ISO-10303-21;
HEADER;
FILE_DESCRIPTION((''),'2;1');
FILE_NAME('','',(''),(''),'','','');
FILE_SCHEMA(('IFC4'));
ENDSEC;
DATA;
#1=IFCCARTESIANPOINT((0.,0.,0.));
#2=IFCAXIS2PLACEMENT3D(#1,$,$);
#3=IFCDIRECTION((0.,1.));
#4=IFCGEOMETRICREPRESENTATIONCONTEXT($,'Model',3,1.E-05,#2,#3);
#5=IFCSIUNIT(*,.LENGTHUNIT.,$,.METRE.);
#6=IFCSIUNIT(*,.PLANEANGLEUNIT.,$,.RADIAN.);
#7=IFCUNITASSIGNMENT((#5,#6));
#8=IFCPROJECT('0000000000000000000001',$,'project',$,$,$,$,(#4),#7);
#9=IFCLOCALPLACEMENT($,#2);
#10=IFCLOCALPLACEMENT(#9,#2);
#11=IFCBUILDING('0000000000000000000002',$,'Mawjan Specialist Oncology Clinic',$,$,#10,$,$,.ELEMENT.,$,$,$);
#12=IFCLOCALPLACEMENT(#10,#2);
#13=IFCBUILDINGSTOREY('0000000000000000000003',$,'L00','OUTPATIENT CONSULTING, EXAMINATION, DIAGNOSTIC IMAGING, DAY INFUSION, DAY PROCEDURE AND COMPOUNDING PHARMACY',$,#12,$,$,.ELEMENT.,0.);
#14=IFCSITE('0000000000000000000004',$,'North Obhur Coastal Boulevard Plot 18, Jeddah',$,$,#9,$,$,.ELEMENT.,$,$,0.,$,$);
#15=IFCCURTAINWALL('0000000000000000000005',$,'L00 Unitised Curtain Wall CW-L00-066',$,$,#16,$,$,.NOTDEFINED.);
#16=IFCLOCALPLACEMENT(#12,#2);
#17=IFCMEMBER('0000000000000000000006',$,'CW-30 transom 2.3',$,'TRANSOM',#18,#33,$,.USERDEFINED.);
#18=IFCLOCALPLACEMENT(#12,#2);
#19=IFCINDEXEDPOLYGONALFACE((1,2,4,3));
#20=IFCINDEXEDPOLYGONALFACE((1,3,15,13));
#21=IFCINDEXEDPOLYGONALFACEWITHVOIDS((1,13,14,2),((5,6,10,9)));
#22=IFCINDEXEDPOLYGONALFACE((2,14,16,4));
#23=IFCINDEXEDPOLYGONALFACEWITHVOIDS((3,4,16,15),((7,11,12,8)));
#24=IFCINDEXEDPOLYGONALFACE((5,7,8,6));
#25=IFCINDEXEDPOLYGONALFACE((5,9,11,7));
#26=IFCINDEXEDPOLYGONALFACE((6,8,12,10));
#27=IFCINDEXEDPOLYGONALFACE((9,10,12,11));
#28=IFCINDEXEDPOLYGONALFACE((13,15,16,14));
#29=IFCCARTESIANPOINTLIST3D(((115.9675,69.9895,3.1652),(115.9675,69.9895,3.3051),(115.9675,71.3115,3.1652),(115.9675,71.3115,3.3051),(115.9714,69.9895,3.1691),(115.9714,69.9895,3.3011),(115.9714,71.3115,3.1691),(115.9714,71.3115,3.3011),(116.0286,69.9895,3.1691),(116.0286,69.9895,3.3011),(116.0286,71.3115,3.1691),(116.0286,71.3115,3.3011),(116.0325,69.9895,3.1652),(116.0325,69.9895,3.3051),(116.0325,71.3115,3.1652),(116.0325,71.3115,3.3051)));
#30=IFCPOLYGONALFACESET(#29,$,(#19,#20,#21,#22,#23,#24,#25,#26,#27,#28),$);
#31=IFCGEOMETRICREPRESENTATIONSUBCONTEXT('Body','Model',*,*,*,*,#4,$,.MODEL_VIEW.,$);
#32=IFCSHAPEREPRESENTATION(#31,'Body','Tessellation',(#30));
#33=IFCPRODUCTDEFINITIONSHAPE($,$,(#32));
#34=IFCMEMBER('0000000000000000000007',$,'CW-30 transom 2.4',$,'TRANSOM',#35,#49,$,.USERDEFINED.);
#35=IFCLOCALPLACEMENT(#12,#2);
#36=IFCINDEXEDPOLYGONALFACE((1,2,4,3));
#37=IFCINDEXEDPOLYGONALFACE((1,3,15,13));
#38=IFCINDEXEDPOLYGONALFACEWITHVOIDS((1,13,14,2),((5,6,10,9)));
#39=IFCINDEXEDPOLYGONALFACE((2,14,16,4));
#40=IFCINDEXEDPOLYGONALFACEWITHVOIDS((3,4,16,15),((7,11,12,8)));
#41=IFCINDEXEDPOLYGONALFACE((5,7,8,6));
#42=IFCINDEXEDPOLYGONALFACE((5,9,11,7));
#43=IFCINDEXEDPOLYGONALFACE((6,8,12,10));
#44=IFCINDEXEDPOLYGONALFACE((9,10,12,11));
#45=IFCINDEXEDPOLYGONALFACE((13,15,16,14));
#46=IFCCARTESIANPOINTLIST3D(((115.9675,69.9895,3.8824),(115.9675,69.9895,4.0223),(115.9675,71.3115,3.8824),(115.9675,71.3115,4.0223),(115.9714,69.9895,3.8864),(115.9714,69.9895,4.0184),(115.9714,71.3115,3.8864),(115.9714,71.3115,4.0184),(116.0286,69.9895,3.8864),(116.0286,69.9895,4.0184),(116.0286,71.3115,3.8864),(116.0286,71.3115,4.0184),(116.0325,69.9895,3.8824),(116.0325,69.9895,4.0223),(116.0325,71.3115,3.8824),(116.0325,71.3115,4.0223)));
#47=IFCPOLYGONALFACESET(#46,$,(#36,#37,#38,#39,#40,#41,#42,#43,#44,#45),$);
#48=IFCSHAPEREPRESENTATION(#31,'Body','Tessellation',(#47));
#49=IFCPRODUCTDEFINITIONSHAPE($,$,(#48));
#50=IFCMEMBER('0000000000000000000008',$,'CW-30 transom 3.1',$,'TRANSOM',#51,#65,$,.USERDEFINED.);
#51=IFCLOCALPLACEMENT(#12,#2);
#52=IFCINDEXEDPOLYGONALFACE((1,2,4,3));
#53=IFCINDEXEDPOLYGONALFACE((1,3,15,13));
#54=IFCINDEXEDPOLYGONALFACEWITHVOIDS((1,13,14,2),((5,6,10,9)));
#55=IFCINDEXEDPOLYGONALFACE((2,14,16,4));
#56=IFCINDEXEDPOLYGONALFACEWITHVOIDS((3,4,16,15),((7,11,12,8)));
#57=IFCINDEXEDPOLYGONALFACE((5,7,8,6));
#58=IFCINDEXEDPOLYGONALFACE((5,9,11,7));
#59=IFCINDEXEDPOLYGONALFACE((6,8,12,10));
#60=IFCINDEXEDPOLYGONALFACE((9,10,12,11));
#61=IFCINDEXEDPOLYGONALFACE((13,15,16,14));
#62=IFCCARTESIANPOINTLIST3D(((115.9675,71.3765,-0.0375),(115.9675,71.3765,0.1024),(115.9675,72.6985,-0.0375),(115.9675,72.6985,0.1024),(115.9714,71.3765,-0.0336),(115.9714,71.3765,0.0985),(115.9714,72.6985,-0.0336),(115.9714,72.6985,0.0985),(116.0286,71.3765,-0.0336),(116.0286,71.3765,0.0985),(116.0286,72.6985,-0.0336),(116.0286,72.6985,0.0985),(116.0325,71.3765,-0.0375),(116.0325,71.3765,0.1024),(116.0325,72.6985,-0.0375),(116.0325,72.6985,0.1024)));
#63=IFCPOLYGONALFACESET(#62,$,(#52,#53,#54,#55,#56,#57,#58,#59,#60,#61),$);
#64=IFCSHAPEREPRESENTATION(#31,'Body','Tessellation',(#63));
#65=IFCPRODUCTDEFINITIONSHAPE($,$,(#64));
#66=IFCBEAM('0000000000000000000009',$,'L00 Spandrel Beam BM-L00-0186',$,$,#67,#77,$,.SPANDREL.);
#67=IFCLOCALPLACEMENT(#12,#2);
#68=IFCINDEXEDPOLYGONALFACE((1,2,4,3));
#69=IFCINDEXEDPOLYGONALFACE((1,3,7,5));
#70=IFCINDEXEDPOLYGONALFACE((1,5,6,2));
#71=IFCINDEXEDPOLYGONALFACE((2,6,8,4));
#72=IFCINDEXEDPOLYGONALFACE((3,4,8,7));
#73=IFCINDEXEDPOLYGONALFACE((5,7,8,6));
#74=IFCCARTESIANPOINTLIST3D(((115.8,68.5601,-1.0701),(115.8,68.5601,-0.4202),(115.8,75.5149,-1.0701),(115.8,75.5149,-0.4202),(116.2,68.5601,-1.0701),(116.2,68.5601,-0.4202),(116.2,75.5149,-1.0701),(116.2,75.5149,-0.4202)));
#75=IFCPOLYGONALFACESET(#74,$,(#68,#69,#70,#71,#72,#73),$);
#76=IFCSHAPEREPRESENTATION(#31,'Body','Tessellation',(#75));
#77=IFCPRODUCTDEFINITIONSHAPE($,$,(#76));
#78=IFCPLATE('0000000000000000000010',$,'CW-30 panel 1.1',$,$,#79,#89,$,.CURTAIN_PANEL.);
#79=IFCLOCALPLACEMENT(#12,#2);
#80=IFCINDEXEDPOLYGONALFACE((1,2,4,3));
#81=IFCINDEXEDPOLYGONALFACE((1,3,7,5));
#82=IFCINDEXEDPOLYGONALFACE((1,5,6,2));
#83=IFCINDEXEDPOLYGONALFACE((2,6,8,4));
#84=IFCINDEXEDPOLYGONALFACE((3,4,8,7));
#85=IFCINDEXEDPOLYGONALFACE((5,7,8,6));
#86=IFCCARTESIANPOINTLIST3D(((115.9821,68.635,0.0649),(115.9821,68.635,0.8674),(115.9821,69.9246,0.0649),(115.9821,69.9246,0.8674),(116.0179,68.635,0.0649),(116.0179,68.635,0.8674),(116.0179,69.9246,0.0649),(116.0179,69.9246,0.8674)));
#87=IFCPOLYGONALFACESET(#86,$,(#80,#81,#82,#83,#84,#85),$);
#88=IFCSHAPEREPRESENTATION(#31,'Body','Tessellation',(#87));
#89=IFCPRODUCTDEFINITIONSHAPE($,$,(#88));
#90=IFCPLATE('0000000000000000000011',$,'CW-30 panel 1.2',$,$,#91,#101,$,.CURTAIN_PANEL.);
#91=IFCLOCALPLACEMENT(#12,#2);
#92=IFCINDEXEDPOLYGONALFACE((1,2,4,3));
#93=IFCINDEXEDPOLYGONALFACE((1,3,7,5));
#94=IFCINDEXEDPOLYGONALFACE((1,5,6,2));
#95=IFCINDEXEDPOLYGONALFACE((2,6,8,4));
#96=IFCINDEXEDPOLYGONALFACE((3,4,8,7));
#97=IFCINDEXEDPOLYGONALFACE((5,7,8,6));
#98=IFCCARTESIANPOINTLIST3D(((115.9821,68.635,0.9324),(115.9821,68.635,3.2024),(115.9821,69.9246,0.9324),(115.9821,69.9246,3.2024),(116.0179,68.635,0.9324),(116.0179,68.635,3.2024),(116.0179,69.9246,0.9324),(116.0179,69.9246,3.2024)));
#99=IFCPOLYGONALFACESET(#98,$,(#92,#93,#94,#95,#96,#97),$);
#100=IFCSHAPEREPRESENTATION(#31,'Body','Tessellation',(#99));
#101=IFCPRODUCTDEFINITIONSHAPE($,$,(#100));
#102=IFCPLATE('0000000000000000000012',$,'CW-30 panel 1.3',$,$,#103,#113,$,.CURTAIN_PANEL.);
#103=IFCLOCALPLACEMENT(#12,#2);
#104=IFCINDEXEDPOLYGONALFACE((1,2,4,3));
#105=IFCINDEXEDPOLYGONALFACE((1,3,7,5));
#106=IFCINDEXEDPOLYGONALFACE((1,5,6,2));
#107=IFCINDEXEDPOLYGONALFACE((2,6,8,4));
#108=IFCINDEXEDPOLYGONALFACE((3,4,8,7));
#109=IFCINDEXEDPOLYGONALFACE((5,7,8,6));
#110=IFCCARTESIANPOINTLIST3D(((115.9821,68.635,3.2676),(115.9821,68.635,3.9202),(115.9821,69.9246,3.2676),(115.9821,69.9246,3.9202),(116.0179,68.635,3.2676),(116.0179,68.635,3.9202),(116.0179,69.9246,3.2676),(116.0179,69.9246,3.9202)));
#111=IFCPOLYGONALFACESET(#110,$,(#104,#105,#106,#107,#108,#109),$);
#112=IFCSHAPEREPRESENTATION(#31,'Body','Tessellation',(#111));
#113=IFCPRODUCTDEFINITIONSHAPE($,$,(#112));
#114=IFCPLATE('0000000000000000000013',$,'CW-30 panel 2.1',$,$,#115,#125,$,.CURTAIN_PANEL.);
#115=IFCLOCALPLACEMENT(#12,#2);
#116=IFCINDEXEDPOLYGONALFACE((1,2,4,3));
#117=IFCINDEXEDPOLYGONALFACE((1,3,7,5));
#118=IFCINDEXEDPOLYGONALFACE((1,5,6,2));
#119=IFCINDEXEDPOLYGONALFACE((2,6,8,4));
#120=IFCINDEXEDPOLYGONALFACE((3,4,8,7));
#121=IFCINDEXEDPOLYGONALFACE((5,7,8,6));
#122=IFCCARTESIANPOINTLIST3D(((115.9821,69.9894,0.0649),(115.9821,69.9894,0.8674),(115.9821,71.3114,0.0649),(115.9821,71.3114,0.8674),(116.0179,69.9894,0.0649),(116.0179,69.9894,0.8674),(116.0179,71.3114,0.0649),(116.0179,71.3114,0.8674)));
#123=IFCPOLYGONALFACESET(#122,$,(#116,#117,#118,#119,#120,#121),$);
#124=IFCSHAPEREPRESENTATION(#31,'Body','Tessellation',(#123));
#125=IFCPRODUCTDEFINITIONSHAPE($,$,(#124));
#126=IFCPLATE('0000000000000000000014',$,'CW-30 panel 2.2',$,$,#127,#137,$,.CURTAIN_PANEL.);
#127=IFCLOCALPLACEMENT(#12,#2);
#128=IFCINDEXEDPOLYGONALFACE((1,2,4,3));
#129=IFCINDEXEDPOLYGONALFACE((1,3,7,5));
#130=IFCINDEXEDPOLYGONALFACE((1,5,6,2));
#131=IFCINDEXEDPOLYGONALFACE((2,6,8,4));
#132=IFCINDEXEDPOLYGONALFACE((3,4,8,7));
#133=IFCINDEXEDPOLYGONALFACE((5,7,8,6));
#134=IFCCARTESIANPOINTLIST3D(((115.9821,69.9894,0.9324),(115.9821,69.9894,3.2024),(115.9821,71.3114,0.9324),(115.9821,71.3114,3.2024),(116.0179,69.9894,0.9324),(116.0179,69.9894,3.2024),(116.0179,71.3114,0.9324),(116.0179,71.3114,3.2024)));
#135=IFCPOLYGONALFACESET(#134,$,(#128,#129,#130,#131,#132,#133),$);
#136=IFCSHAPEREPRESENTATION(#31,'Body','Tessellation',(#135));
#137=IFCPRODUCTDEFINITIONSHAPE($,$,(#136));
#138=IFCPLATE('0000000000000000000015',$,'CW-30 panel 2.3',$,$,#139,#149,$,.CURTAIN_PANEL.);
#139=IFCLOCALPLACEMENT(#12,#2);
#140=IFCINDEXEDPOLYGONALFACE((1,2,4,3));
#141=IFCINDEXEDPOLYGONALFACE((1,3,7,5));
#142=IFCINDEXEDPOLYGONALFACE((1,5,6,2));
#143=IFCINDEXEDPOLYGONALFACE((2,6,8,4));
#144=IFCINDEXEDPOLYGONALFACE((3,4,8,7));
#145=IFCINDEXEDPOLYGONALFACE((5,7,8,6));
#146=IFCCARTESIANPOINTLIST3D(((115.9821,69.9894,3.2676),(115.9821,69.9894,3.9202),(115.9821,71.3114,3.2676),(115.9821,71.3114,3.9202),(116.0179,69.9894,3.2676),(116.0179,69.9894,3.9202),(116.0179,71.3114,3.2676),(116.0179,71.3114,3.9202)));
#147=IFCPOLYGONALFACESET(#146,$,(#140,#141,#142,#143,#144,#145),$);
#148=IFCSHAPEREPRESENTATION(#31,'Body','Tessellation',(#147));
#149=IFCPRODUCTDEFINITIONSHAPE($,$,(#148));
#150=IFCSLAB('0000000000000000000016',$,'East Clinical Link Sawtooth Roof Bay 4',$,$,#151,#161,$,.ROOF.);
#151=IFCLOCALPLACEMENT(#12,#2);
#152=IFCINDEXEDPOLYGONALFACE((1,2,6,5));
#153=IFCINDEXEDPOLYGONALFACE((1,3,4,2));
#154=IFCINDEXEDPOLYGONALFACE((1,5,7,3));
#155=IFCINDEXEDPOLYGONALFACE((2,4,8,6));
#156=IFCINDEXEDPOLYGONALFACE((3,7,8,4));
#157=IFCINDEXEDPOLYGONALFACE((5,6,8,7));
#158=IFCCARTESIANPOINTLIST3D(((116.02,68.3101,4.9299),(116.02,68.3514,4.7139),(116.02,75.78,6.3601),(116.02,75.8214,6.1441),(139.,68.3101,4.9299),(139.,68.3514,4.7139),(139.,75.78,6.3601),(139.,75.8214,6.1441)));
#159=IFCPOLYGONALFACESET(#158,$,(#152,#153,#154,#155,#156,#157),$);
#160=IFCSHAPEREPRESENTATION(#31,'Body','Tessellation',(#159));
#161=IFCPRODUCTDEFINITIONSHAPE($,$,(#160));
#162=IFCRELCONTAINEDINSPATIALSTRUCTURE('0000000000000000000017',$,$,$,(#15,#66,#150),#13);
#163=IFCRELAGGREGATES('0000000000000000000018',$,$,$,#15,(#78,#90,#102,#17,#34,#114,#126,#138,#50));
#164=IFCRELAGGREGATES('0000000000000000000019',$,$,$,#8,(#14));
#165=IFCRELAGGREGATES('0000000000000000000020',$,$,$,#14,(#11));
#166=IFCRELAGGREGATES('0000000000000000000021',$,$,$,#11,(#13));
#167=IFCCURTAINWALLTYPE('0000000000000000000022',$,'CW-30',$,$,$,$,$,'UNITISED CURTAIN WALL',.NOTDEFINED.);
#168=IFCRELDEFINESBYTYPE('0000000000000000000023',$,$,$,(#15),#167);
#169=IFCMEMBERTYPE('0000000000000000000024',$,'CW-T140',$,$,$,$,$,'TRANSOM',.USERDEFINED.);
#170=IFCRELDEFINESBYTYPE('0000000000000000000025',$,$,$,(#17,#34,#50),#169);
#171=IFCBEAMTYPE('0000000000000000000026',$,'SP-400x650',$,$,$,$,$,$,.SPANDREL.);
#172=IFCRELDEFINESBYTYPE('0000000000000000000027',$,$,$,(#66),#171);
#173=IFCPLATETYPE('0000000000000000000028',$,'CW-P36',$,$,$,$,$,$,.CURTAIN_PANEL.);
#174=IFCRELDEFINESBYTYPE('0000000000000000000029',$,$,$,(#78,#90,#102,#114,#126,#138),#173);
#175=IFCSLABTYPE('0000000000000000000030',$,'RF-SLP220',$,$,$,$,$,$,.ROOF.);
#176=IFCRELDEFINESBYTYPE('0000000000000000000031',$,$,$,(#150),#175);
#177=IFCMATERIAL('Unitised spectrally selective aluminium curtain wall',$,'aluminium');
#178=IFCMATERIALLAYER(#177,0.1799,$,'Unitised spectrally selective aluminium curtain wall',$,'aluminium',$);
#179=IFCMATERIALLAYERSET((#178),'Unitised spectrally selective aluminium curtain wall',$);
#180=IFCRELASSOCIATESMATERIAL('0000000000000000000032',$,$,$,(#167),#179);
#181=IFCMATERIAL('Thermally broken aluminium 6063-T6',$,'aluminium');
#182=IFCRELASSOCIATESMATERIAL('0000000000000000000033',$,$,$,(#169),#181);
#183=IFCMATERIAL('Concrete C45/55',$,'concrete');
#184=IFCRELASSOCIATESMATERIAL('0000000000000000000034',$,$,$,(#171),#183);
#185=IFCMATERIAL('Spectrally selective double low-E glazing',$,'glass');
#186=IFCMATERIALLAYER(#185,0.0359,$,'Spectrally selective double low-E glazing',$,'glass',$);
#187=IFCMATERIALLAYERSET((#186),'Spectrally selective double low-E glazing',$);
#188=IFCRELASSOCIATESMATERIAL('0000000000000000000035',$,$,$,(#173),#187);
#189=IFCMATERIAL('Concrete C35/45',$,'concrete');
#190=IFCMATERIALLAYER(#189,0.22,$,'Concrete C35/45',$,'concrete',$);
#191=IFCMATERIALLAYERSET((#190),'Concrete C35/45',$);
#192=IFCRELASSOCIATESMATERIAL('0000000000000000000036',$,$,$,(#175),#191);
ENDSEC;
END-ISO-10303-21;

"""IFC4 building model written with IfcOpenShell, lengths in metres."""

from ifc_helpers import new_model, si_unit, direction, frame, origin, origin_2d, place, context, subcontext, project, spatial, polyline, rectangle, hollow_rectangle, outline, extrude, material, layer, layer_set, material_profile, profile_set, type_object, element, aggregate, save


model = new_model("IFC4")

# Units and contexts
model_context = context("Model", 3, precision=1e-05, world=origin(), true_north=direction((0.0, 1.0)))
body_context = subcontext(model_context, "Body", "Model", "MODEL_VIEW")
ifc_project = project(units=[si_unit("LENGTHUNIT", "METRE"), si_unit("PLANEANGLEUNIT", "RADIAN")], contexts=[model_context])

# Site, building, storey
site_placement = place(None, origin())
site = spatial("IfcSite", under=ifc_project, at=site_placement, Name="North Obhur Coastal Boulevard Plot 18, Jeddah", CompositionType="ELEMENT", RefElevation=0.0)
building_placement = place(site_placement, origin())
building = spatial("IfcBuilding", under=site, at=building_placement, Name="Mawjan Specialist Oncology Clinic", CompositionType="ELEMENT")
storey_placement = place(building_placement, origin())
storey = spatial("IfcBuildingStorey", under=building, at=storey_placement, Name="L00", Description="OUTPATIENT CONSULTING, EXAMINATION, DIAGNOSTIC IMAGING, DAY INFUSION, DAY PROCEDURE AND COMPOUNDING PHARMACY", CompositionType="ELEMENT", Elevation=0.0)

# Curtain wall, members
ifc_material_1 = material(Name="Unitised spectrally selective aluminium curtain wall", Category="aluminium")
ifc_layer_1 = layer(ifc_material_1, 0.1799, Name="Unitised spectrally selective aluminium curtain wall", Category="aluminium")
ifc_layer_set_1 = layer_set([ifc_layer_1], Name="Unitised spectrally selective aluminium curtain wall")
curtain_wall_type = type_object("IfcCurtainWallType", Name="CW-30", ElementType="UNITISED CURTAIN WALL", PredefinedType="NOTDEFINED", material=ifc_layer_set_1)
curtain_wall_placement = place(storey_placement, origin())
curtain_wall = element("IfcCurtainWall", 1, at=curtain_wall_placement, inside=storey, type_object=curtain_wall_type, Name="L00 Unitised Curtain Wall CW-L00-066", PredefinedType="NOTDEFINED")
ifc_material_2 = material(Name="Thermally broken aluminium 6063-T6", Category="aluminium")
ifc_material_profile_1 = material_profile(ifc_material_2, hollow_rectangle(XDim=0.0649, YDim=0.1399, WallThickness=0.0039, at=origin_2d()), Name="ALU TRANSOM 140x65x4", Category="aluminium")
ifc_profile_set_1 = profile_set([ifc_material_profile_1], Name="Thermally broken aluminium 6063-T6")
member_type_1 = type_object("IfcMemberType", Name="CW-T140", ElementType="TRANSOM", PredefinedType="USERDEFINED", material=ifc_profile_set_1)
member_1_placement = place(storey_placement, frame((116.0, 69.9895, 3.2351), z_axis=(0.0, 1.0, 0.0), x_axis=(-1.0, 0.0, 0.0)))
member_1 = element("IfcMember", 2, at=member_1_placement, type_object=member_type_1, Name="CW-30 transom 2.3", ObjectType="TRANSOM", PredefinedType="USERDEFINED", context=body_context, shape_type="SweptSolid", body=[
    extrude(hollow_rectangle(XDim=0.0649, YDim=0.1399, WallThickness=0.0039, at=origin_2d()), origin(), (0.0, 0.0, 1.0), 1.322),
])
member_2_placement = place(storey_placement, frame((116.0, 69.9895, 3.9524), z_axis=(0.0, 1.0, 0.0), x_axis=(-1.0, 0.0, 0.0)))
member_2 = element("IfcMember", 3, at=member_2_placement, type_object=member_type_1, Name="CW-30 transom 2.4", ObjectType="TRANSOM", PredefinedType="USERDEFINED", context=body_context, shape_type="SweptSolid", body=[
    extrude(hollow_rectangle(XDim=0.0649, YDim=0.1399, WallThickness=0.0039, at=origin_2d()), origin(), (0.0, 0.0, 1.0), 1.322),
])
member_3_placement = place(storey_placement, frame((116.0, 71.3765, 0.0325), z_axis=(0.0, 1.0, 0.0), x_axis=(-1.0, 0.0, 0.0)))
member_3 = element("IfcMember", 4, at=member_3_placement, type_object=member_type_1, Name="CW-30 transom 3.1", ObjectType="TRANSOM", PredefinedType="USERDEFINED", context=body_context, shape_type="SweptSolid", body=[
    extrude(hollow_rectangle(XDim=0.0649, YDim=0.1399, WallThickness=0.0039, at=origin_2d()), origin(), (0.0, 0.0, 1.0), 1.322),
])

# Beam
ifc_material_3 = material(Name="Concrete C45/55", Category="concrete")
ifc_material_profile_2 = material_profile(ifc_material_3, rectangle(XDim=0.3999, YDim=0.6499, at=origin_2d()), Name="RC BM 400x650", Category="concrete")
ifc_profile_set_2 = profile_set([ifc_material_profile_2], Name="Concrete C45/55")
beam_type_1 = type_object("IfcBeamType", Name="SP-400x650", PredefinedType="SPANDREL", material=ifc_profile_set_2)
beam_1_placement = place(storey_placement, frame((116.0, 68.5601, -0.7451), z_axis=(0.0, 1.0, 0.0), x_axis=(-1.0, 0.0, 0.0)))
element("IfcBeam", 5, at=beam_1_placement, inside=storey, type_object=beam_type_1, Name="L00 Spandrel Beam BM-L00-0186", PredefinedType="SPANDREL", context=body_context, shape_type="SweptSolid", body=[
    extrude(rectangle(XDim=0.3999, YDim=0.6499, at=origin_2d()), origin(), (0.0, 0.0, 1.0), 6.9548),
])

# Plates
ifc_material_4 = material(Name="Spectrally selective double low-E glazing", Category="glass")
ifc_layer_2 = layer(ifc_material_4, 0.0359, Name="Spectrally selective double low-E glazing", Category="glass")
ifc_layer_set_2 = layer_set([ifc_layer_2], Name="Spectrally selective double low-E glazing")
plate_type = type_object("IfcPlateType", Name="CW-P36", PredefinedType="CURTAIN_PANEL", material=ifc_layer_set_2)
plate_1_placement = place(storey_placement, frame((116.0, 69.2798, 0.0649), z_axis=(0.0, 0.0, 1.0), x_axis=(0.0, 1.0, 0.0)))
plate_1 = element("IfcPlate", 6, at=plate_1_placement, type_object=plate_type, Name="CW-30 panel 1.1", PredefinedType="CURTAIN_PANEL", context=body_context, shape_type="SweptSolid", body=[
    extrude(rectangle(XDim=1.2896, YDim=0.0359, at=origin_2d()), origin(), (0.0, 0.0, 1.0), 0.8025),
])
plate_2_placement = place(storey_placement, frame((116.0, 69.2798, 0.9324), z_axis=(0.0, 0.0, 1.0), x_axis=(0.0, 1.0, 0.0)))
plate_2 = element("IfcPlate", 7, at=plate_2_placement, type_object=plate_type, Name="CW-30 panel 1.2", PredefinedType="CURTAIN_PANEL", context=body_context, shape_type="SweptSolid", body=[
    extrude(rectangle(XDim=1.2896, YDim=0.0359, at=origin_2d()), origin(), (0.0, 0.0, 1.0), 2.27),
])
plate_3_placement = place(storey_placement, frame((116.0, 69.2798, 3.2676), z_axis=(0.0, 0.0, 1.0), x_axis=(0.0, 1.0, 0.0)))
plate_3 = element("IfcPlate", 8, at=plate_3_placement, type_object=plate_type, Name="CW-30 panel 1.3", PredefinedType="CURTAIN_PANEL", context=body_context, shape_type="SweptSolid", body=[
    extrude(rectangle(XDim=1.2896, YDim=0.0359, at=origin_2d()), origin(), (0.0, 0.0, 1.0), 0.6526),
])
plate_4_placement = place(storey_placement, frame((116.0, 70.6504, 0.0649), z_axis=(0.0, 0.0, 1.0), x_axis=(0.0, 1.0, 0.0)))
plate_4 = element("IfcPlate", 9, at=plate_4_placement, type_object=plate_type, Name="CW-30 panel 2.1", PredefinedType="CURTAIN_PANEL", context=body_context, shape_type="SweptSolid", body=[
    extrude(rectangle(XDim=1.322, YDim=0.0359, at=origin_2d()), origin(), (0.0, 0.0, 1.0), 0.8025),
])
plate_5_placement = place(storey_placement, frame((116.0, 70.6504, 0.9324), z_axis=(0.0, 0.0, 1.0), x_axis=(0.0, 1.0, 0.0)))
plate_5 = element("IfcPlate", 10, at=plate_5_placement, type_object=plate_type, Name="CW-30 panel 2.2", PredefinedType="CURTAIN_PANEL", context=body_context, shape_type="SweptSolid", body=[
    extrude(rectangle(XDim=1.322, YDim=0.0359, at=origin_2d()), origin(), (0.0, 0.0, 1.0), 2.27),
])
plate_6_placement = place(storey_placement, frame((116.0, 70.6504, 3.2676), z_axis=(0.0, 0.0, 1.0), x_axis=(0.0, 1.0, 0.0)))
plate_6 = element("IfcPlate", 11, at=plate_6_placement, type_object=plate_type, Name="CW-30 panel 2.3", PredefinedType="CURTAIN_PANEL", context=body_context, shape_type="SweptSolid", body=[
    extrude(rectangle(XDim=1.322, YDim=0.0359, at=origin_2d()), origin(), (0.0, 0.0, 1.0), 0.6526),
])
aggregate(curtain_wall, [plate_1, plate_2, plate_3, member_1, member_2, plate_4, plate_5, plate_6, member_3])

# Slab
ifc_material_5 = material(Name="Concrete C35/45", Category="concrete")
ifc_layer_3 = layer(ifc_material_5, 0.22, Name="Concrete C35/45", Category="concrete")
ifc_layer_set_3 = layer_set([ifc_layer_3], Name="Concrete C35/45")
slab_type = type_object("IfcSlabType", Name="RF-SLP220", PredefinedType="ROOF", material=ifc_layer_set_3)
slab_placement = place(storey_placement, frame((116.02, 68.3101, 4.9299), z_axis=(0.0, -0.188041, 0.982161), x_axis=(1.0, 0.0, 0.0)))
element("IfcSlab", 12, at=slab_placement, inside=storey, type_object=slab_type, Name="East Clinical Link Sawtooth Roof Bay 4", PredefinedType="ROOF", context=body_context, shape_type="SweptSolid", body=[
    extrude(outline(polyline([(0.0, 0.0), (22.98, 0.0), (22.98, 7.6056), (0.0, 7.6056), (0.0, 0.0)])), origin(), (0.0, 0.0, -1.0), 0.22),
])

save(model, "model.ifc")
